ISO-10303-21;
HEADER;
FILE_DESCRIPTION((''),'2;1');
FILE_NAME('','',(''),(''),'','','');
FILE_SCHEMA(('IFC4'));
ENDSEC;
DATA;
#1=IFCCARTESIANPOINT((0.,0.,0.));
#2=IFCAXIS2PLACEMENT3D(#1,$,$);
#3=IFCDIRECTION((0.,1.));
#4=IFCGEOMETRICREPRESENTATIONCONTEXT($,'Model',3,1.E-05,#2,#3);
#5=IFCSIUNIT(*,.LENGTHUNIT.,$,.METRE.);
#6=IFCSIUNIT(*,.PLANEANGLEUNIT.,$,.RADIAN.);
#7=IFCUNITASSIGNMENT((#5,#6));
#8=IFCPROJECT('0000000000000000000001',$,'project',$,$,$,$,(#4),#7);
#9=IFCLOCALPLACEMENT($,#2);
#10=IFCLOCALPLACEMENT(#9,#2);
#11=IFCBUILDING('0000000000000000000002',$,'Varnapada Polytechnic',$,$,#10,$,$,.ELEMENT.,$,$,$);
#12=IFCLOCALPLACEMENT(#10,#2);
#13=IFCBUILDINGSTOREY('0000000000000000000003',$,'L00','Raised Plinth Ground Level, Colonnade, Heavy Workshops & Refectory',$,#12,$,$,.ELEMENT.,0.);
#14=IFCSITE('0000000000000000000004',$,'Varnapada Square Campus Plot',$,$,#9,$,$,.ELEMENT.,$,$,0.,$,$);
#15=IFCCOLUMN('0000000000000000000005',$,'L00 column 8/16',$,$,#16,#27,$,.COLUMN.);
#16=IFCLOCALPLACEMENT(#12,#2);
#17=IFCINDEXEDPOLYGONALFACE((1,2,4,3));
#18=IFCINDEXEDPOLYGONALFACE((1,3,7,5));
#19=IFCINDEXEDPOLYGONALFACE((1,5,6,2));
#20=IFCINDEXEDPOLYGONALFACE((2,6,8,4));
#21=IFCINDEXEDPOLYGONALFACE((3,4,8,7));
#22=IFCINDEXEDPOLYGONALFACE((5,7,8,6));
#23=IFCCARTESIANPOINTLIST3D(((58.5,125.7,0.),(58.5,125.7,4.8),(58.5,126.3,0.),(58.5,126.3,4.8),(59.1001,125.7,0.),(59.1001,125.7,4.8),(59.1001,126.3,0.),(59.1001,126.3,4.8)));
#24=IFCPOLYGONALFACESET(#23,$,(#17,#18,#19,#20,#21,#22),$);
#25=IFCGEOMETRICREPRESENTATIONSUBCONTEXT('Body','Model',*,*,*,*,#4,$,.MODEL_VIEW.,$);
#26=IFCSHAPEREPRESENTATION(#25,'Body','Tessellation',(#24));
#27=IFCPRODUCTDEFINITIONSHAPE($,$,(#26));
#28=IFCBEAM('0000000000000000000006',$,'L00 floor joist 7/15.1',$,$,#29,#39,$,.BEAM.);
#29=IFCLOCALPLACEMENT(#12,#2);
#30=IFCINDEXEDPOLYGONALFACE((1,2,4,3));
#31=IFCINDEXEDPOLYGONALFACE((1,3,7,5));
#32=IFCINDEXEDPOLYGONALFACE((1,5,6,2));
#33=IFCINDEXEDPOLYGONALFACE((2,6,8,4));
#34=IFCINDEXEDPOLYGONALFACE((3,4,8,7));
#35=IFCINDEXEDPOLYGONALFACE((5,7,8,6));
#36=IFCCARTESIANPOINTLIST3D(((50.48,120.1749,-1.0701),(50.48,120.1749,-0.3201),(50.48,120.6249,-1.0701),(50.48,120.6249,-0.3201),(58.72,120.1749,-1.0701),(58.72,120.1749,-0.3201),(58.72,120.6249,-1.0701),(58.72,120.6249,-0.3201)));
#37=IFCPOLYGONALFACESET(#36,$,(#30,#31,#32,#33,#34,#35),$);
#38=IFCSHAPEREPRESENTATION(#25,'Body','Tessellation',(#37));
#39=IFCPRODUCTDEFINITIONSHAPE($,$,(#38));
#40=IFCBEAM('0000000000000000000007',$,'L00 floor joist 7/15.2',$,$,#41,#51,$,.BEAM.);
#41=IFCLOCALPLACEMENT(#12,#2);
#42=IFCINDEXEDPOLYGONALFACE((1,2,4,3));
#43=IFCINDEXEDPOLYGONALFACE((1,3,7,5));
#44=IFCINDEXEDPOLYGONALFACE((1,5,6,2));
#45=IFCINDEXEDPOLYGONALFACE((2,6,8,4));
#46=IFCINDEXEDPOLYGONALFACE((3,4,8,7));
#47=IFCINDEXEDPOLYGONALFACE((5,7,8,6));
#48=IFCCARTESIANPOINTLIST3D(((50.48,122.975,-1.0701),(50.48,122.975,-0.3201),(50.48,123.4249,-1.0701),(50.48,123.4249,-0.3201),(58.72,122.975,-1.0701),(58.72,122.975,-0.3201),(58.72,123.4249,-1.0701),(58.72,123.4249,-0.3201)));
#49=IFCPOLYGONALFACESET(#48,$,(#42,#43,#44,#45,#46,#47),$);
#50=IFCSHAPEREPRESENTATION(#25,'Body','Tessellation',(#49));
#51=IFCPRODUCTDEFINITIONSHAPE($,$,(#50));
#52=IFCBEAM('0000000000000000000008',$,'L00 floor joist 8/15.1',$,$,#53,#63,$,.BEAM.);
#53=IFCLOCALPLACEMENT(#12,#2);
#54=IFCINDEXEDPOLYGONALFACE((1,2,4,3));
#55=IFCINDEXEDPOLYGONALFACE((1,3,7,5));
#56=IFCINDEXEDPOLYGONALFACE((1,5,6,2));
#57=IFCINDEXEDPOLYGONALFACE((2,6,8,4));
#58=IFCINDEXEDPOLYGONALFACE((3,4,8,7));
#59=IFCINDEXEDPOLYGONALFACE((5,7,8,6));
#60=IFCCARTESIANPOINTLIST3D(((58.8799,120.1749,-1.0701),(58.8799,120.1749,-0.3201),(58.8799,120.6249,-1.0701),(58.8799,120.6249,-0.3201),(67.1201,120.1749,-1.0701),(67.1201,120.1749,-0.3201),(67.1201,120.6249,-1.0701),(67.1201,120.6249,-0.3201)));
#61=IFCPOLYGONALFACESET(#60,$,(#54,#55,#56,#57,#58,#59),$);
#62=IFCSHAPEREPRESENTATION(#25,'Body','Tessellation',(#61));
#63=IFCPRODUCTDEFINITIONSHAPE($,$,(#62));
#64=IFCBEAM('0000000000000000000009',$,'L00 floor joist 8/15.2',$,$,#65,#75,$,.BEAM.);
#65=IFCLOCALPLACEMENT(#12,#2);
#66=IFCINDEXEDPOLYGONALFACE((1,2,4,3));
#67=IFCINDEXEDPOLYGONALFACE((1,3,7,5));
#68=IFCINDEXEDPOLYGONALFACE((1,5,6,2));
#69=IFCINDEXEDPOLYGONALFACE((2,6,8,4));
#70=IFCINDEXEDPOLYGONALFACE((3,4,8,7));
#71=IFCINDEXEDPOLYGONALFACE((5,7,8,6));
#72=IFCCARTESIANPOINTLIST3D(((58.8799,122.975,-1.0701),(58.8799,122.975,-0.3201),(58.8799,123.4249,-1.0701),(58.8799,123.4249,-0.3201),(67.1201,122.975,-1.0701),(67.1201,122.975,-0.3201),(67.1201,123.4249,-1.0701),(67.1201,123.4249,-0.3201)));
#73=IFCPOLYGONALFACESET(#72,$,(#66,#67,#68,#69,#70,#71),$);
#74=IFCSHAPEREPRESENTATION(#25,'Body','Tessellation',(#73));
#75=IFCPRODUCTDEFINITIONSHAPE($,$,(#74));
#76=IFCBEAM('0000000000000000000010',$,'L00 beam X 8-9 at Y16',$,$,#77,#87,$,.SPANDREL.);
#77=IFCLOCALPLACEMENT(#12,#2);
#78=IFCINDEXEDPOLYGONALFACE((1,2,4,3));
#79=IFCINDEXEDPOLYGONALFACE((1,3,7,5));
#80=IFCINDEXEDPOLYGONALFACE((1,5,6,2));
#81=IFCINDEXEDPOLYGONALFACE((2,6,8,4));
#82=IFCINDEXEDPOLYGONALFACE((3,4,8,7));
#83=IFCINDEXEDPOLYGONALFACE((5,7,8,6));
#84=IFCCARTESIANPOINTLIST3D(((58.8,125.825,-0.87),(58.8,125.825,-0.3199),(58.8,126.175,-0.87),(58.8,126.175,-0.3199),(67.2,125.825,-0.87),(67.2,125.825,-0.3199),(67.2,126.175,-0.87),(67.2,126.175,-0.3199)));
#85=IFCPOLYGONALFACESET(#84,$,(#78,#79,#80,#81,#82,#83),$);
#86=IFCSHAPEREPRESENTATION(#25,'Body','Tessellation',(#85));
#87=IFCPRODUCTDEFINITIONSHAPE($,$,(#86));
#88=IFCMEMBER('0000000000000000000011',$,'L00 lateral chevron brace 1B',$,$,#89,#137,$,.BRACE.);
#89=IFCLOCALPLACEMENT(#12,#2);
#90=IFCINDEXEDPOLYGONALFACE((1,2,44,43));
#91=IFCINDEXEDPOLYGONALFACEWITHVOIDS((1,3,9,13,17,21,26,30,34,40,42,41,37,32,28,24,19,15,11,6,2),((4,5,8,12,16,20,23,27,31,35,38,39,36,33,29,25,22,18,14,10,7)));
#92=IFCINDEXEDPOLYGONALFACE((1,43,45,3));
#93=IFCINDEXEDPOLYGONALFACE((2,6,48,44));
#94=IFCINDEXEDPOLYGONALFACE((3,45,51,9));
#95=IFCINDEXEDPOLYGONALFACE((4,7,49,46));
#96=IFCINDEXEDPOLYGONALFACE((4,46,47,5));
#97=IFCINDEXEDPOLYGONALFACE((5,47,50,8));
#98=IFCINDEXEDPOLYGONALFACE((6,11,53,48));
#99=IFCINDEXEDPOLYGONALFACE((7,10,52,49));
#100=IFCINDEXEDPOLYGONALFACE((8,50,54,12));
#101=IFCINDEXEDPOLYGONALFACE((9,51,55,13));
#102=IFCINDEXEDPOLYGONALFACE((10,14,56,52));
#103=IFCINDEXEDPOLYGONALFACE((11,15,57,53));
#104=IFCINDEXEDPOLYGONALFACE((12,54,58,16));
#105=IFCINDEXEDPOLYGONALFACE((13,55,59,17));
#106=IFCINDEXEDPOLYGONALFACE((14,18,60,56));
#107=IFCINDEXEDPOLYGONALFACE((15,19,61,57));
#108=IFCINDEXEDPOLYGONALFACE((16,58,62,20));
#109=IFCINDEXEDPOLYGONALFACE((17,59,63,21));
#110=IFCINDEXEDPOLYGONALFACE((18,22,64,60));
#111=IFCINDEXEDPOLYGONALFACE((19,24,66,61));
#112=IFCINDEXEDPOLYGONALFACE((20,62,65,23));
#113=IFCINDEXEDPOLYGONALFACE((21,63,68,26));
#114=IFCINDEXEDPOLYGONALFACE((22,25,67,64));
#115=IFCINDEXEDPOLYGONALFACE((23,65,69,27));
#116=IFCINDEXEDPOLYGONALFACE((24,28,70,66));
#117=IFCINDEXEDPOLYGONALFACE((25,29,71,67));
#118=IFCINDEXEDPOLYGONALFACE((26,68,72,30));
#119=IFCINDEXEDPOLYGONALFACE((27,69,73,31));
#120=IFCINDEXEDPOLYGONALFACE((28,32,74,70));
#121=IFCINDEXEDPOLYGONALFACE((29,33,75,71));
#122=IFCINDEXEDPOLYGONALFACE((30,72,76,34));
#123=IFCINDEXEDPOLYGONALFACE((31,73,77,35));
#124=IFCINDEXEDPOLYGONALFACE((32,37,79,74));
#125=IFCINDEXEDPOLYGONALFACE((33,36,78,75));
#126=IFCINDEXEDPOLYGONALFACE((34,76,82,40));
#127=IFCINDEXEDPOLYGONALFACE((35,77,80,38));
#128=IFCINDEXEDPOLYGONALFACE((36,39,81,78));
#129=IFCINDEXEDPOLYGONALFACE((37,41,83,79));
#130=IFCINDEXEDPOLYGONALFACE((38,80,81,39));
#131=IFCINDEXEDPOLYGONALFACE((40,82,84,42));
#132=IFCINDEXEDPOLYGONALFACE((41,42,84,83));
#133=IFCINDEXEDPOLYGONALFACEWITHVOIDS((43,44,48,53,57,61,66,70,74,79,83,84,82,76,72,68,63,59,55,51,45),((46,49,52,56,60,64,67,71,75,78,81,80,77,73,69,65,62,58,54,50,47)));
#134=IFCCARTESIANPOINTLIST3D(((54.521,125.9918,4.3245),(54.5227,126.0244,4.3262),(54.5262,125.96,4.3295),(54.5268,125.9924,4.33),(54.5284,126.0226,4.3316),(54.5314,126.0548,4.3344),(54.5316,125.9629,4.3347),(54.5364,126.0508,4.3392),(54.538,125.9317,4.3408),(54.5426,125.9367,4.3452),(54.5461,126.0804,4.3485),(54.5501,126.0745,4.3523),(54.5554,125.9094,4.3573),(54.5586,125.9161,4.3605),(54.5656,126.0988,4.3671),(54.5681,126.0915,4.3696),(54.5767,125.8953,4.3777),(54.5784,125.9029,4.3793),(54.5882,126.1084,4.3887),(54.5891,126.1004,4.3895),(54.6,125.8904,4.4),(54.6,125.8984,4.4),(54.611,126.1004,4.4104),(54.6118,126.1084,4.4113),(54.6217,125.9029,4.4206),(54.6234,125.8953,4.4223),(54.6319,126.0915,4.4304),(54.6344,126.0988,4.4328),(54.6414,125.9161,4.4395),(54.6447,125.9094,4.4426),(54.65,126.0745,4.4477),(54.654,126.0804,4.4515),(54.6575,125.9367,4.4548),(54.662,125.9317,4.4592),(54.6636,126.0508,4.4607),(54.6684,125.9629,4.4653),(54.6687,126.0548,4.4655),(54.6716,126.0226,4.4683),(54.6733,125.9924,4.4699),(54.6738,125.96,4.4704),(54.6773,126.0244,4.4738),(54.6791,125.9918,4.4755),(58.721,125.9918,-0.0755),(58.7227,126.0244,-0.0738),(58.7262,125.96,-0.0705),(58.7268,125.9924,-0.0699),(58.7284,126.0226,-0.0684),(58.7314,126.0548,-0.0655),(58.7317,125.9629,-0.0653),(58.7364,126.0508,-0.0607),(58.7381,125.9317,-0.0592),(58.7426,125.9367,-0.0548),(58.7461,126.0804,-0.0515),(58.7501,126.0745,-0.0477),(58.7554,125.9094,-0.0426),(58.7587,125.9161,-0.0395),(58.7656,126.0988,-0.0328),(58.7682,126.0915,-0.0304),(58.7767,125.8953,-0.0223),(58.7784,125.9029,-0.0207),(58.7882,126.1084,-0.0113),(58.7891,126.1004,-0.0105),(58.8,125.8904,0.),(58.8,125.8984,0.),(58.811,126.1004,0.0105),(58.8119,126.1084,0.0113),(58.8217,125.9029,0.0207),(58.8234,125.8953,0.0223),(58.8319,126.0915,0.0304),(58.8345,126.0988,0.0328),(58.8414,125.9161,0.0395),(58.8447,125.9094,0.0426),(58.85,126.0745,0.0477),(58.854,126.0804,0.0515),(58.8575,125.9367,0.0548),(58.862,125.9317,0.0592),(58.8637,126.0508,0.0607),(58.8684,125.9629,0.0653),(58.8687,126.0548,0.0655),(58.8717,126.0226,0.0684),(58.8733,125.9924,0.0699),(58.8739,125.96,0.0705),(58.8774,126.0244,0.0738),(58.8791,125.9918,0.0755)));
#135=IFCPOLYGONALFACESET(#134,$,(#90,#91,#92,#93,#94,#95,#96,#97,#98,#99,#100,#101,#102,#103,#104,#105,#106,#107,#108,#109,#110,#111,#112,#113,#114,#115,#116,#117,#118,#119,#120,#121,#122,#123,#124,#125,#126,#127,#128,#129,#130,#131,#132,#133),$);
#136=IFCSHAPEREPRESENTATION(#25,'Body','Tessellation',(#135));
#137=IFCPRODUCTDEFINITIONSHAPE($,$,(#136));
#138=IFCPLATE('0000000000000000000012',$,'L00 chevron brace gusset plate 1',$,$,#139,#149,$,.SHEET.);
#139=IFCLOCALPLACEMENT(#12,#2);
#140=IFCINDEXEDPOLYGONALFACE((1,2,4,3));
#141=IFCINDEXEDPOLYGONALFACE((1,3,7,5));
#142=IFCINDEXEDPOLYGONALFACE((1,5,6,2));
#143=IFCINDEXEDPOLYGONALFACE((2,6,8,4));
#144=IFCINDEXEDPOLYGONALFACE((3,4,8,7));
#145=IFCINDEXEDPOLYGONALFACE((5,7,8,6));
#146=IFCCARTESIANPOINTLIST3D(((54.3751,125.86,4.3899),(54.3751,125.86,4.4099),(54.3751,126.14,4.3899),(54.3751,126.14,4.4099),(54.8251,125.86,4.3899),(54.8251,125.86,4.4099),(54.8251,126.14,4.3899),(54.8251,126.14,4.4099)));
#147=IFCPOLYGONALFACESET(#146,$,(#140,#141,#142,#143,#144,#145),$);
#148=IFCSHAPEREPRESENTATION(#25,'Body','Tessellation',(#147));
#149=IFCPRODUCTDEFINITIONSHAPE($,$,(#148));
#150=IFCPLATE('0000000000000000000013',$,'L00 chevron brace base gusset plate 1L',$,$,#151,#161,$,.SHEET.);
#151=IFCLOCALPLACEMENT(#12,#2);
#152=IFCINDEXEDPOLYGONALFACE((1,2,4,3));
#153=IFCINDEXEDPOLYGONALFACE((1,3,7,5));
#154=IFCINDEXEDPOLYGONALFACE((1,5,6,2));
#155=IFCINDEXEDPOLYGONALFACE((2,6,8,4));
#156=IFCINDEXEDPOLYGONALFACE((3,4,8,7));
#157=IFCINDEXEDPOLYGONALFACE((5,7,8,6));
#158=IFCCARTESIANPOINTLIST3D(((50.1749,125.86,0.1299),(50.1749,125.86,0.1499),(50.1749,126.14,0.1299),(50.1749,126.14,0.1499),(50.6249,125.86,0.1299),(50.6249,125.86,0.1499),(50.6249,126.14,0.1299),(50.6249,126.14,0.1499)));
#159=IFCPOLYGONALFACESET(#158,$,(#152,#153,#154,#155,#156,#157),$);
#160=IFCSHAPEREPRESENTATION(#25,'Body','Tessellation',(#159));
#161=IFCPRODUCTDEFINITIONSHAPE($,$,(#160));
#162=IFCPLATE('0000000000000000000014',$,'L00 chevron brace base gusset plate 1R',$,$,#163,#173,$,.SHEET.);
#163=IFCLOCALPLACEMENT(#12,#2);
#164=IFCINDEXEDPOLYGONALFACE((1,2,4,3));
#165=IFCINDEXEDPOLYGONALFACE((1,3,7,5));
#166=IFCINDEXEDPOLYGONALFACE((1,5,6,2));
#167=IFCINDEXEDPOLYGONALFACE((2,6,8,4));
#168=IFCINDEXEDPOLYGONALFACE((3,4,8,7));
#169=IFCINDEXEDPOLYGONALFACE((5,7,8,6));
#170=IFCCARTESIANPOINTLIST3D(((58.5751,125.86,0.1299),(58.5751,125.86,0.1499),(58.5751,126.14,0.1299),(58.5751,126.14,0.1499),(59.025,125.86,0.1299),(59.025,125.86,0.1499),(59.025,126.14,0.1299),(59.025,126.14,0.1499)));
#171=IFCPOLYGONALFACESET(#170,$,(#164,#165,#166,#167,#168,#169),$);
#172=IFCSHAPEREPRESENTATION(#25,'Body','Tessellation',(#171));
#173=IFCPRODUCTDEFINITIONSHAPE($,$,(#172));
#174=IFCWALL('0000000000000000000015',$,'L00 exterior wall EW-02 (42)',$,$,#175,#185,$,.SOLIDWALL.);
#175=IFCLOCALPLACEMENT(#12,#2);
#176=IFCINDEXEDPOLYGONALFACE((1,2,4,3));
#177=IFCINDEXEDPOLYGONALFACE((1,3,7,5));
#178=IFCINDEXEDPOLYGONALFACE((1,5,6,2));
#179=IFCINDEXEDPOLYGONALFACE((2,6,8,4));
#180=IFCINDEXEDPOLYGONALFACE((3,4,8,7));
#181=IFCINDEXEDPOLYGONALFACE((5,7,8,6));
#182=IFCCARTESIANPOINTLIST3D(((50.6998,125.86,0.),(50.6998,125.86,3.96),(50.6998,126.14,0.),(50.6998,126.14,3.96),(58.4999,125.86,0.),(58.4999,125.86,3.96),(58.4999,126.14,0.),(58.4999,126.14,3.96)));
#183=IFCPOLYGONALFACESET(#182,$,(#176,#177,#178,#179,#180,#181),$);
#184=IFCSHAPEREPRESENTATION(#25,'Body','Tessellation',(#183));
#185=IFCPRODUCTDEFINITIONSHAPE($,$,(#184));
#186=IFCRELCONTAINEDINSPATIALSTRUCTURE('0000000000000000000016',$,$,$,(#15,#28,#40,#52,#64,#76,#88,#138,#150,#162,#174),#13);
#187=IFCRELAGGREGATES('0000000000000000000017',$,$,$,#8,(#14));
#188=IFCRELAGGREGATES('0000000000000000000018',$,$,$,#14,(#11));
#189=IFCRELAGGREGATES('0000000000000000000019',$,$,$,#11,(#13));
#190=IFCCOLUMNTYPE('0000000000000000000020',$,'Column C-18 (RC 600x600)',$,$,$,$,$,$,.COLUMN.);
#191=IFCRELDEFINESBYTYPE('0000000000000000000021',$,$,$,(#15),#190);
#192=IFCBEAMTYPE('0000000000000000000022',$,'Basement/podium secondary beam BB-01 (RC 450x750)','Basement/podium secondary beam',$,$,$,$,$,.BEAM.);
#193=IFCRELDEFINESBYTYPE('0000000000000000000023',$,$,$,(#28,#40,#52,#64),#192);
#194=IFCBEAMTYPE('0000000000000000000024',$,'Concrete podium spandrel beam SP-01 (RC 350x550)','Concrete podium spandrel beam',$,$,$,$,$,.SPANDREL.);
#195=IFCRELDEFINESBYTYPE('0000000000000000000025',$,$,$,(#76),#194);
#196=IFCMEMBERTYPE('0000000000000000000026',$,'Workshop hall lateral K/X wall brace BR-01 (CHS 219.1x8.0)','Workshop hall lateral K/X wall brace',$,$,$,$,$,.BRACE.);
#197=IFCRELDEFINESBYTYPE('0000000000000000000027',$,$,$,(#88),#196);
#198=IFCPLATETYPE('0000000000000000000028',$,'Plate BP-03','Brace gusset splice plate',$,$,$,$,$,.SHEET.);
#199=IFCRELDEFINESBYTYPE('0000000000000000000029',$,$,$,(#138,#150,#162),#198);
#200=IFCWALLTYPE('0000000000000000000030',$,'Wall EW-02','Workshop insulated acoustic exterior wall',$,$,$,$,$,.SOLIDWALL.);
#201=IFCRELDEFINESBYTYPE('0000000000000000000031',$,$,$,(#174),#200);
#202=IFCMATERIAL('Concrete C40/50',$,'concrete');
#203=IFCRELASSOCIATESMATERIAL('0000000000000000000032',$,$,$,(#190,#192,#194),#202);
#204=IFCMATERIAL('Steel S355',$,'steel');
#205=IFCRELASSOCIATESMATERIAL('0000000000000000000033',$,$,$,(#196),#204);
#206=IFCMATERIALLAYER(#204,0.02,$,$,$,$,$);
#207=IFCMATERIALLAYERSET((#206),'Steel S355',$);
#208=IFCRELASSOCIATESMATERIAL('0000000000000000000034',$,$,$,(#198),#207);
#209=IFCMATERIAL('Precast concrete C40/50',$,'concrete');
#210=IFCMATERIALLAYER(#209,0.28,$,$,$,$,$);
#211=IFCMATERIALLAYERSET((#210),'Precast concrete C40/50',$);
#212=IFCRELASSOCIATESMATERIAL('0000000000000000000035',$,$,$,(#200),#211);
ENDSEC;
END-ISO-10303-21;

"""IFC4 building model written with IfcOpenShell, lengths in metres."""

from ifc_helpers import new_model, si_unit, direction, frame, frame_2d, origin, origin_2d, place, context, subcontext, project, spatial, rectangle, hollow_circle, extrude, material, layer, layer_set, material_profile, profile_set, type_object, element, save


model = new_model("IFC4")

# Units and contexts
model_context = context("Model", 3, precision=1e-05, world=origin(), true_north=direction((0.0, 1.0)))
body_context = subcontext(model_context, "Body", "Model", "MODEL_VIEW")
ifc_project = project(units=[si_unit("LENGTHUNIT", "METRE"), si_unit("PLANEANGLEUNIT", "RADIAN")], contexts=[model_context])

# Site, building, storey
site_placement = place(None, origin())
site = spatial("IfcSite", under=ifc_project, at=site_placement, Name="Varnapada Square Campus Plot", CompositionType="ELEMENT", RefElevation=0.0)
building_placement = place(site_placement, origin())
building = spatial("IfcBuilding", under=site, at=building_placement, Name="Varnapada Polytechnic", CompositionType="ELEMENT")
storey_placement = place(building_placement, origin())
storey = spatial("IfcBuildingStorey", under=building, at=storey_placement, Name="L00", Description="Raised Plinth Ground Level, Colonnade, Heavy Workshops & Refectory", CompositionType="ELEMENT", Elevation=0.0)

# Column
ifc_material_1 = material(Name="Concrete C40/50", Category="concrete")
ifc_material_profile_1 = material_profile(ifc_material_1, rectangle(XDim=0.6001, YDim=0.6001, at=origin_2d()), Name="RC 600x600")
ifc_profile_set_1 = profile_set([ifc_material_profile_1], Name="Concrete C40/50")
column_type = type_object("IfcColumnType", Name="Column C-18 (RC 600x600)", PredefinedType="COLUMN", material=ifc_profile_set_1)
column_placement = place(storey_placement, frame((58.8, 126.0, 0.0), z_axis=(0.0, 0.0, 1.0), x_axis=(1.0, 0.0, 0.0)))
element("IfcColumn", 1, at=column_placement, inside=storey, type_object=column_type, Name="L00 column 8/16", PredefinedType="COLUMN", context=body_context, shape_type="SweptSolid", body=[
    extrude(rectangle(XDim=0.6001, YDim=0.6001, at=origin_2d()), origin(), (0.0, 0.0, 1.0), 4.8),
])

# Beams
ifc_material_profile_2 = material_profile(ifc_material_1, rectangle(XDim=0.45, YDim=0.75, at=origin_2d()), Name="RC 450x750")
ifc_profile_set_2 = profile_set([ifc_material_profile_2], Name="Concrete C40/50")
beam_type_1 = type_object("IfcBeamType", Name="Basement/podium secondary beam BB-01 (RC 450x750)", Description="Basement/podium secondary beam", PredefinedType="BEAM", material=ifc_profile_set_2)
for number, where, z_axis, x_axis, name in (
    (2, (50.48, 120.3999, -0.6951), (1.0, 0.0, 0.0), (0.0, 1.0, 0.0), "L00 floor joist 7/15.1"),
    (3, (50.48, 123.2, -0.6951), (1.0, 0.0, 0.0), (0.0, 1.0, 0.0), "L00 floor joist 7/15.2"),
):
    element("IfcBeam", number, at=place(storey_placement, frame(where, z_axis=z_axis, x_axis=x_axis)), inside=storey, type_object=beam_type_1, Name=name, PredefinedType="BEAM", context=body_context, shape_type="SweptSolid", body=[
        extrude(rectangle(XDim=0.45, YDim=0.75, at=origin_2d()), origin(), (0.0, 0.0, 1.0), 8.24),
    ])
for number, where, z_axis, x_axis, name in (
    (4, (58.8799, 120.3999, -0.6951), (1.0, 0.0, 0.0), (0.0, 1.0, 0.0), "L00 floor joist 8/15.1"),
    (5, (58.8799, 123.2, -0.6951), (1.0, 0.0, 0.0), (0.0, 1.0, 0.0), "L00 floor joist 8/15.2"),
):
    element("IfcBeam", number, at=place(storey_placement, frame(where, z_axis=z_axis, x_axis=x_axis)), inside=storey, type_object=beam_type_1, Name=name, PredefinedType="BEAM", context=body_context, shape_type="SweptSolid", body=[
        extrude(rectangle(XDim=0.45, YDim=0.75, at=origin_2d()), origin(), (0.0, 0.0, 1.0), 8.2402),
    ])
ifc_material_profile_3 = material_profile(ifc_material_1, rectangle(XDim=0.3501, YDim=0.55, at=origin_2d()), Name="RC 350x550")
ifc_profile_set_3 = profile_set([ifc_material_profile_3], Name="Concrete C40/50")
beam_type_2 = type_object("IfcBeamType", Name="Concrete podium spandrel beam SP-01 (RC 350x550)", Description="Concrete podium spandrel beam", PredefinedType="SPANDREL", material=ifc_profile_set_3)
beam_placement = place(storey_placement, frame((58.8, 126.0, -0.595), z_axis=(1.0, 0.0, 0.0), x_axis=(0.0, 1.0, 0.0)))
element("IfcBeam", 6, at=beam_placement, inside=storey, type_object=beam_type_2, Name="L00 beam X 8-9 at Y16", PredefinedType="SPANDREL", context=body_context, shape_type="SweptSolid", body=[
    extrude(rectangle(XDim=0.3501, YDim=0.55, at=origin_2d()), origin(), (0.0, 0.0, 1.0), 8.3999),
])

# Member
ifc_material_2 = material(Name="Steel S355", Category="steel")
ifc_material_profile_4 = material_profile(ifc_material_2, hollow_circle(Radius=0.1096, WallThickness=0.0081, at=origin_2d()), Name="CHS 219.1x8.0")
ifc_profile_set_4 = profile_set([ifc_material_profile_4], Name="Steel S355")
member_type = type_object("IfcMemberType", Name="Workshop hall lateral K/X wall brace BR-01 (CHS 219.1x8.0)", Description="Workshop hall lateral K/X wall brace", PredefinedType="BRACE", material=ifc_profile_set_4)
member_placement = place(storey_placement, frame((58.8, 126.0, 0.0), z_axis=(-0.69048, 0.0, 0.723352), x_axis=(0.0, -1.0, 0.0)))
element("IfcMember", 7, at=member_placement, inside=storey, type_object=member_type, Name="L00 lateral chevron brace 1B", PredefinedType="BRACE", context=body_context, shape_type="SweptSolid", body=[
    extrude(hollow_circle(Radius=0.1096, WallThickness=0.0081, at=origin_2d()), origin(), (0.0, 0.0, 1.0), 6.0828),
])

# Plates
ifc_layer_1 = layer(ifc_material_2, 0.02)
ifc_layer_set_1 = layer_set([ifc_layer_1], Name="Steel S355")
plate_type = type_object("IfcPlateType", Name="Plate BP-03", Description="Brace gusset splice plate", PredefinedType="SHEET", material=ifc_layer_set_1)
for number, where, z_axis, x_axis, name in (
    (8, (54.6001, 126.0, 4.3899), (0.0, 0.0, 1.0), (1.0, 0.0, 0.0), "L00 chevron brace gusset plate 1"),
    (9, (50.3999, 126.0, 0.1299), (0.0, 0.0, 1.0), (1.0, 0.0, 0.0), "L00 chevron brace base gusset plate 1L"),
    (10, (58.8, 126.0, 0.1299), (0.0, 0.0, 1.0), (1.0, 0.0, 0.0), "L00 chevron brace base gusset plate 1R"),
):
    element("IfcPlate", number, at=place(storey_placement, frame(where, z_axis=z_axis, x_axis=x_axis)), inside=storey, type_object=plate_type, Name=name, PredefinedType="SHEET", context=body_context, shape_type="SweptSolid", body=[
        extrude(rectangle(XDim=0.45, YDim=0.28, at=origin_2d()), origin(), (0.0, 0.0, 1.0), 0.02),
    ])

# Wall
ifc_material_3 = material(Name="Precast concrete C40/50", Category="concrete")
ifc_layer_2 = layer(ifc_material_3, 0.28)
ifc_layer_set_2 = layer_set([ifc_layer_2], Name="Precast concrete C40/50")
wall_type = type_object("IfcWallType", Name="Wall EW-02", Description="Workshop insulated acoustic exterior wall", PredefinedType="SOLIDWALL", material=ifc_layer_set_2)
wall_1_placement = place(storey_placement, frame((50.7, 126.0, 0.0), z_axis=(0.0, 0.0, 1.0), x_axis=(1.0, 0.0, 0.0)))
element("IfcWall", 11, at=wall_1_placement, inside=storey, type_object=wall_type, Name="L00 exterior wall EW-02 (42)", PredefinedType="SOLIDWALL", context=body_context, shape_type="SweptSolid", body=[
    extrude(rectangle(XDim=7.8, YDim=0.28, at=frame_2d((3.8999, 0.0))), origin(), (0.0, 0.0, 1.0), 3.96),
])

save(model, "model.ifc")
